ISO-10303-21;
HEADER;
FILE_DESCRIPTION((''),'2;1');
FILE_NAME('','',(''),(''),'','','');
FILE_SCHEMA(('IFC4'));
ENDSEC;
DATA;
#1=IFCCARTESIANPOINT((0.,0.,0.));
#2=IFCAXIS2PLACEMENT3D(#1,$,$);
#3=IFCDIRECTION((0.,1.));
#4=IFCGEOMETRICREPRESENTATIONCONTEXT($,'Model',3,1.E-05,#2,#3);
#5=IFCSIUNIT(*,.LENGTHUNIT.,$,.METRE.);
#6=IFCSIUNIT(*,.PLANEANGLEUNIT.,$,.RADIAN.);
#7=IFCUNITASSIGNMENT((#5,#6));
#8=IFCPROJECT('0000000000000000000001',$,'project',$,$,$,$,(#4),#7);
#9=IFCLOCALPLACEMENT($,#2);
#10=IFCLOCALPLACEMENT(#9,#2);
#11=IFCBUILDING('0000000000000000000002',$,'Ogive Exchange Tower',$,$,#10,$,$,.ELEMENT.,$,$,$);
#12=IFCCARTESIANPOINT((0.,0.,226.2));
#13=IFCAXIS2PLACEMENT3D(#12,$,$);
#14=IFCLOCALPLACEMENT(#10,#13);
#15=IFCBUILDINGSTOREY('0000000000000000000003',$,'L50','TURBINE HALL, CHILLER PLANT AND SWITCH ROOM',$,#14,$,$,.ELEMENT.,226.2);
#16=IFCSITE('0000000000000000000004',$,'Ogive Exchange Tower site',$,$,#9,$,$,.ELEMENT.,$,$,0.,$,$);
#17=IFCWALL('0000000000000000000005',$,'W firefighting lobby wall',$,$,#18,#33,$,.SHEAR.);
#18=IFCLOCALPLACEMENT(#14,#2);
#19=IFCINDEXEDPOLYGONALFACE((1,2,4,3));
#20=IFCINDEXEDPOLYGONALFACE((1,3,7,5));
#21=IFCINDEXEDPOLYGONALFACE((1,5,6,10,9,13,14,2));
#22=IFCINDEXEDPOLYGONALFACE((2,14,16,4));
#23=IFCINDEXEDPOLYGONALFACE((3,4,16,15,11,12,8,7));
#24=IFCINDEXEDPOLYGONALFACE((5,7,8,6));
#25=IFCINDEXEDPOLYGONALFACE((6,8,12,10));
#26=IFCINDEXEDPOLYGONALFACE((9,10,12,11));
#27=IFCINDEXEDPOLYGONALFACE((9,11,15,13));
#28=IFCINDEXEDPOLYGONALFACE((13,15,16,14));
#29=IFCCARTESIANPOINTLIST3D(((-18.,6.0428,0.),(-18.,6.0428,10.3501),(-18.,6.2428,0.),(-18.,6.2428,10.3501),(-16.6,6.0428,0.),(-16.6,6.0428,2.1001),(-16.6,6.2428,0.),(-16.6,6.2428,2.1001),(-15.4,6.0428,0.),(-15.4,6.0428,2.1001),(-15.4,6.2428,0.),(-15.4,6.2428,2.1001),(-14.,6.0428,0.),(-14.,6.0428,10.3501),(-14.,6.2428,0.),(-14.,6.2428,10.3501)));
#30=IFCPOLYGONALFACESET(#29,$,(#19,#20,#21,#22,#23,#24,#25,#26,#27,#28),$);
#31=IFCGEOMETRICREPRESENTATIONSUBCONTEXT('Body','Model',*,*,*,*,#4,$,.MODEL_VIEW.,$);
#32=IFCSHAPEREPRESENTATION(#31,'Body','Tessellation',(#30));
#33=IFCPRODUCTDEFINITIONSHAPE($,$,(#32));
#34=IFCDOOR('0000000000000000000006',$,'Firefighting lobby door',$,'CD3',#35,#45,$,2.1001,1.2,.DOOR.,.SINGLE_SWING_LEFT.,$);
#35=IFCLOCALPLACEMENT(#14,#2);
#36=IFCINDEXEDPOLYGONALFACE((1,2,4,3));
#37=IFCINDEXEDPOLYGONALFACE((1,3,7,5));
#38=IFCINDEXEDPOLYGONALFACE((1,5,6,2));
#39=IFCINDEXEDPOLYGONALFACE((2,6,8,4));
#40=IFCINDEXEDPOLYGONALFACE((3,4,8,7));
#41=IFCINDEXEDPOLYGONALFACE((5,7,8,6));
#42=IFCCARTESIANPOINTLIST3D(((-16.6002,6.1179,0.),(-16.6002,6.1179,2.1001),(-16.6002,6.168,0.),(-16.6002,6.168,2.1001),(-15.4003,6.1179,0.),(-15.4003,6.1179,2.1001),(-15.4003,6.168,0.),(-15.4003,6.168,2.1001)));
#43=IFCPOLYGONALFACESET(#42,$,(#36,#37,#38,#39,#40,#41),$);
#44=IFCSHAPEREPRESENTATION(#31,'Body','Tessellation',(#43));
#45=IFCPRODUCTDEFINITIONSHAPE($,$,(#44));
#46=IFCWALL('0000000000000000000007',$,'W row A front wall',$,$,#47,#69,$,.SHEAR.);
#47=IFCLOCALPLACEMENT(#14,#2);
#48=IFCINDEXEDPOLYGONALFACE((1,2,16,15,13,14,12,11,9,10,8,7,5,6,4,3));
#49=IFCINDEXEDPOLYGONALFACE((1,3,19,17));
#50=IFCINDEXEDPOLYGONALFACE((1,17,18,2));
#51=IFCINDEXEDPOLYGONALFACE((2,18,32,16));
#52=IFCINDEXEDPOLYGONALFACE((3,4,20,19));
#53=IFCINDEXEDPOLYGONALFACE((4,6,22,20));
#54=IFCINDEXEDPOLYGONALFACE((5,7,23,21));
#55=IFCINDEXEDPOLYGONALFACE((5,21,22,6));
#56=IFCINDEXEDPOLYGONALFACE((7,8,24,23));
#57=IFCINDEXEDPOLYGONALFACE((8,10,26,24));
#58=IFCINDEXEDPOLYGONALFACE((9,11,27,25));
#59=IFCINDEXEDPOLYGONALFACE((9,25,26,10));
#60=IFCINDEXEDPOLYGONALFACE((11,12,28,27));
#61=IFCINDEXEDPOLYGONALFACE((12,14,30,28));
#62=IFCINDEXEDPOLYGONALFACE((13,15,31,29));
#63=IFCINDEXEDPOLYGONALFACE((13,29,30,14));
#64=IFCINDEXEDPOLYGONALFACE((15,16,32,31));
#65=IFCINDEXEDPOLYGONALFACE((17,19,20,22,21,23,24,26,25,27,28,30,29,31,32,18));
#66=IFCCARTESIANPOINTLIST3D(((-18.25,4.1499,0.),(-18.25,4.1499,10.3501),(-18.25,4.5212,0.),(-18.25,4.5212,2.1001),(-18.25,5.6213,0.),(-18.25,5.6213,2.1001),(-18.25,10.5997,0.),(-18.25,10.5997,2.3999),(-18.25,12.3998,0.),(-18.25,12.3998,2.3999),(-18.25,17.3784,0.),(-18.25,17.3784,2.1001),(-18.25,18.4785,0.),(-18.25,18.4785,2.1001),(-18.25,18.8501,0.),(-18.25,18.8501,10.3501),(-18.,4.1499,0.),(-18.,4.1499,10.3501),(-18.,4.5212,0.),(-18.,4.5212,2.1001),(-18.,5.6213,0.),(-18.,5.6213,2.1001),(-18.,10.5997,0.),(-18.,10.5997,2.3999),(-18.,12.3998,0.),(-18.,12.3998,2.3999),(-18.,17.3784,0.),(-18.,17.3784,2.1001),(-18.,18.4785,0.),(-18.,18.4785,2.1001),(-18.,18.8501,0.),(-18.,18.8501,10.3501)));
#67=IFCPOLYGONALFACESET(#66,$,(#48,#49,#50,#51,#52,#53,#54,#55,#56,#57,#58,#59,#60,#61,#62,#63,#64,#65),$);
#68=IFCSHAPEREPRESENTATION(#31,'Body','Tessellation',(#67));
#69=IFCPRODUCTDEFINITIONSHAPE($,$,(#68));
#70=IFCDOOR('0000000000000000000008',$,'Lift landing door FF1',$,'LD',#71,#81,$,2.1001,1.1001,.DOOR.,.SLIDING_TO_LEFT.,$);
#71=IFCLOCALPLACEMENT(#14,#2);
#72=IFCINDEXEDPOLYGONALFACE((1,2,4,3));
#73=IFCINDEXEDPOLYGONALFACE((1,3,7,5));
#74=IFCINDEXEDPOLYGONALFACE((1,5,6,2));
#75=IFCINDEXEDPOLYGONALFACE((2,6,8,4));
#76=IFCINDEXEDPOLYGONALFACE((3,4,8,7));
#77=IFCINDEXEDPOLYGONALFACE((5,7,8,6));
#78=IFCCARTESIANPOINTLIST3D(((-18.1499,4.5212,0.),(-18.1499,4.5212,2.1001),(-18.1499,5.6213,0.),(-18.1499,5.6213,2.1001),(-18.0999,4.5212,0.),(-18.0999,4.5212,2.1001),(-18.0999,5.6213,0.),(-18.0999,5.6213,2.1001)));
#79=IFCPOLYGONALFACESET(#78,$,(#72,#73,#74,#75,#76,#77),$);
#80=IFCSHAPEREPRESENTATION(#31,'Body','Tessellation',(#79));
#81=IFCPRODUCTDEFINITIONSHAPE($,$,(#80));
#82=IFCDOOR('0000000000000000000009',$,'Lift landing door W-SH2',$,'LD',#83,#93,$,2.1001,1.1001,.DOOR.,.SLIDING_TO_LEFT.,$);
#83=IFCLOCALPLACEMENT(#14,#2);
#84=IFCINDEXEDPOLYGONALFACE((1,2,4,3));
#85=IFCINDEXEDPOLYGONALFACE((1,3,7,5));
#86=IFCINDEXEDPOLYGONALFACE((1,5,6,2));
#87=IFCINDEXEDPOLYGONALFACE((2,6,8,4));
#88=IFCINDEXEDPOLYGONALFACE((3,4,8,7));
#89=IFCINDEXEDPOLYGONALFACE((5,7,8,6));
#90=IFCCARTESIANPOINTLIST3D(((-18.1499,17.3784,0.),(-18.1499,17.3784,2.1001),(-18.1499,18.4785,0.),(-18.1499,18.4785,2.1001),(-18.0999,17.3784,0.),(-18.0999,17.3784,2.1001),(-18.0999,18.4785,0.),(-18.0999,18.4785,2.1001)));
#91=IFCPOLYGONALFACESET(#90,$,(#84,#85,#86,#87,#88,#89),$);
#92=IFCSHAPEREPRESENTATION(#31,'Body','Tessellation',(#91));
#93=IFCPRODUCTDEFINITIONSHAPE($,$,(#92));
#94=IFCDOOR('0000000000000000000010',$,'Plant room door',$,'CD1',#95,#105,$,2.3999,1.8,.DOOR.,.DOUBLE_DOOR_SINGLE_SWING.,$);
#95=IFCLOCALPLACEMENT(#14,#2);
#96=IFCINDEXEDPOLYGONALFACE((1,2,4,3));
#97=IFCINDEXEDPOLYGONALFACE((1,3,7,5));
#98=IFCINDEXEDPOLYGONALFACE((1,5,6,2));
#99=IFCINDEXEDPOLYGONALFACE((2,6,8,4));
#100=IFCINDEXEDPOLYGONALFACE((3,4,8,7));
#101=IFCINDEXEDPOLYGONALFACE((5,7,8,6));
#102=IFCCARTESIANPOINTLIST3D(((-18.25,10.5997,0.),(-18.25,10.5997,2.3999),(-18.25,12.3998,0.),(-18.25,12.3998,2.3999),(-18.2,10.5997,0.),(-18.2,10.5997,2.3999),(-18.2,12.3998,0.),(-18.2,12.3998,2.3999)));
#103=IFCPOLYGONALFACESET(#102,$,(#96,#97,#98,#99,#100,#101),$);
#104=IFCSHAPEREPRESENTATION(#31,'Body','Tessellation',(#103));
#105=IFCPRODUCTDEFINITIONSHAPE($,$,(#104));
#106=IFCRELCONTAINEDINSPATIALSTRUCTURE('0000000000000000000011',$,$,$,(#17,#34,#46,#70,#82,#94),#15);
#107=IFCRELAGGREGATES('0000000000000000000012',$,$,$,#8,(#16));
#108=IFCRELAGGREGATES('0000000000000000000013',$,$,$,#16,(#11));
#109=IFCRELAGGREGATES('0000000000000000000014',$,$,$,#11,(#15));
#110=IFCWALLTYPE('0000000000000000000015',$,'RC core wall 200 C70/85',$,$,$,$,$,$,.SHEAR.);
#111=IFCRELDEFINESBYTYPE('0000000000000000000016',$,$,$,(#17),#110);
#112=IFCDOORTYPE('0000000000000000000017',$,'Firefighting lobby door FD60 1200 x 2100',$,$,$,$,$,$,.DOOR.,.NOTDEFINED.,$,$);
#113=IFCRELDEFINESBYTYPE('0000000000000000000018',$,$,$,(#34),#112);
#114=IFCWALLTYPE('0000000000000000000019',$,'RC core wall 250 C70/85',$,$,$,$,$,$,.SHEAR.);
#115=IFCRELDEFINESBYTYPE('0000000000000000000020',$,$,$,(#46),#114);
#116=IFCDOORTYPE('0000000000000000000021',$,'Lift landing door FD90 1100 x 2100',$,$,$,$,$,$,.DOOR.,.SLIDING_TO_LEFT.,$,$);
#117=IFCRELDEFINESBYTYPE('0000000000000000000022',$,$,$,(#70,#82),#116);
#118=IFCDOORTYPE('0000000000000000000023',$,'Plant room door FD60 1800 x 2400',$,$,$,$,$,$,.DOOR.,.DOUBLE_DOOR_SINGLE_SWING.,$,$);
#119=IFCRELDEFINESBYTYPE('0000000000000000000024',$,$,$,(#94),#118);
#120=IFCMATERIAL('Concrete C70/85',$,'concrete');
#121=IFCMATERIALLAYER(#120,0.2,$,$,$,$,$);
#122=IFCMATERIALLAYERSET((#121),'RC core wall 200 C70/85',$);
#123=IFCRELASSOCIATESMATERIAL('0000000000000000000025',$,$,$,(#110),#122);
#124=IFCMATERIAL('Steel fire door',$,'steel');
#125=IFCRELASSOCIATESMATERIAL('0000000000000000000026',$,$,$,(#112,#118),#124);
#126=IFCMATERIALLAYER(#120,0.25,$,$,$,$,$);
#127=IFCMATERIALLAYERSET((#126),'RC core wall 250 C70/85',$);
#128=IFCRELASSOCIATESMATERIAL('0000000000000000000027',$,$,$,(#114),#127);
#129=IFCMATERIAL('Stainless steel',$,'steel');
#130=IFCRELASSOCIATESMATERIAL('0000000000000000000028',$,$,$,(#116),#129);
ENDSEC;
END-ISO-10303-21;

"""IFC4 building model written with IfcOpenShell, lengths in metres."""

from ifc_helpers import new_model, si_unit, direction, frame, frame_2d, origin, place, context, subcontext, project, spatial, rectangle, extrude, material, layer, layer_set, type_object, element, fill, save


model = new_model("IFC4")

# Units and contexts
model_context = context("Model", 3, precision=1e-05, world=origin(), true_north=direction((0.0, 1.0)))
body_context = subcontext(model_context, "Body", "Model", "MODEL_VIEW")
ifc_project = project(units=[si_unit("LENGTHUNIT", "METRE"), si_unit("PLANEANGLEUNIT", "RADIAN")], contexts=[model_context])

# Site, building, storey
site_placement = place(None, origin())
site = spatial("IfcSite", under=ifc_project, at=site_placement, Name="Ogive Exchange Tower site", CompositionType="ELEMENT", RefElevation=0.0)
building_placement = place(site_placement, origin())
building = spatial("IfcBuilding", under=site, at=building_placement, Name="Ogive Exchange Tower", CompositionType="ELEMENT")
storey_placement = place(building_placement, frame((0.0, 0.0, 226.2)))
storey = spatial("IfcBuildingStorey", under=building, at=storey_placement, Name="L50", Description="TURBINE HALL, CHILLER PLANT AND SWITCH ROOM", CompositionType="ELEMENT", Elevation=226.2)

# Wall, opening, door
ifc_material_1 = material(Name="Concrete C70/85", Category="concrete")
ifc_layer_1 = layer(ifc_material_1, 0.2)
ifc_layer_set_1 = layer_set([ifc_layer_1], Name="RC core wall 200 C70/85")
wall_type_1 = type_object("IfcWallType", Name="RC core wall 200 C70/85", PredefinedType="SHEAR", material=ifc_layer_set_1)
wall_1_placement = place(storey_placement, frame((-18.0, 6.1428, 0.0), z_axis=(0.0, 0.0, 1.0), x_axis=(1.0, 0.0, 0.0)))
wall_1 = element("IfcWall", 1, at=wall_1_placement, inside=storey, type_object=wall_type_1, Name="W firefighting lobby wall", PredefinedType="SHEAR", context=body_context, shape_type="SweptSolid", body=[
    extrude(rectangle(XDim=4.0, YDim=0.2, at=frame_2d((2.0, 0.0))), origin(), (0.0, 0.0, 1.0), 10.3501),
])
opening_1_placement = place(wall_1_placement, frame((1.3999, 0.0, 0.0)))
opening_1 = element("IfcOpeningElement", 2, at=opening_1_placement, cuts=wall_1, PredefinedType="OPENING", context=body_context, shape_type="SweptSolid", body=[
    extrude(rectangle(XDim=1.2, YDim=2.1001, at=frame_2d((0.6001, 1.05))), frame((0.0, 0.1099, 0.0), z_axis=(0.0, -1.0, 0.0), x_axis=(1.0, 0.0, 0.0)), (0.0, 0.0, 1.0), 0.22),
])
ifc_material_2 = material(Name="Steel fire door", Category="steel")
door_type_1 = type_object("IfcDoorType", Name="Firefighting lobby door FD60 1200 x 2100", OperationType="NOTDEFINED", PredefinedType="DOOR", material=ifc_material_2)
door_1_placement = place(opening_1_placement, frame((1.2, 0.0, 0.0), z_axis=(0.0, 0.0, 1.0), x_axis=(-1.0, 0.0, 0.0)))
door_1 = element("IfcDoor", 3, at=door_1_placement, inside=storey, type_object=door_type_1, Name="Firefighting lobby door", ObjectType="CD3", OperationType="SINGLE_SWING_LEFT", OverallHeight=2.1001, OverallWidth=1.2, PredefinedType="DOOR", context=body_context, shape_type="SweptSolid", body=[
    extrude(rectangle(XDim=1.2, YDim=2.1001, at=frame_2d((0.6001, 1.05))), frame((0.0, 0.0249, 0.0), z_axis=(0.0, -1.0, 0.0), x_axis=(1.0, 0.0, 0.0)), (0.0, 0.0, 1.0), 0.05),
])
fill(opening_1, door_1)

# Wall, openings, doors
ifc_layer_2 = layer(ifc_material_1, 0.25)
ifc_layer_set_2 = layer_set([ifc_layer_2], Name="RC core wall 250 C70/85")
wall_type_2 = type_object("IfcWallType", Name="RC core wall 250 C70/85", PredefinedType="SHEAR", material=ifc_layer_set_2)
wall_2_placement = place(storey_placement, frame((-18.125, 4.1499, 0.0), z_axis=(0.0, 0.0, 1.0), x_axis=(0.0, 1.0, 0.0)))
wall_2 = element("IfcWall", 4, at=wall_2_placement, inside=storey, type_object=wall_type_2, Name="W row A front wall", PredefinedType="SHEAR", context=body_context, shape_type="SweptSolid", body=[
    extrude(rectangle(XDim=14.7002, YDim=0.25, at=frame_2d((7.3501, 0.0))), origin(), (0.0, 0.0, 1.0), 10.3501),
])
opening_2_placement = place(wall_2_placement, frame((6.45, 0.0, 0.0)))
opening_2 = element("IfcOpeningElement", 5, at=opening_2_placement, cuts=wall_2, PredefinedType="OPENING", context=body_context, shape_type="SweptSolid", body=[
    extrude(rectangle(XDim=1.8, YDim=2.3999, at=frame_2d((0.8999, 1.2))), frame((0.0, 0.135, 0.0), z_axis=(0.0, -1.0, 0.0), x_axis=(1.0, 0.0, 0.0)), (0.0, 0.0, 1.0), 0.27),
])
opening_3_placement = place(wall_2_placement, frame((0.3713, 0.0, 0.0)))
opening_3 = element("IfcOpeningElement", 6, at=opening_3_placement, cuts=wall_2, PredefinedType="OPENING", context=body_context, shape_type="SweptSolid", body=[
    extrude(rectangle(XDim=1.1001, YDim=2.1001, at=frame_2d((0.55, 1.05))), frame((0.0, 0.135, 0.0), z_axis=(0.0, -1.0, 0.0), x_axis=(1.0, 0.0, 0.0)), (0.0, 0.0, 1.0), 0.27),
])
opening_4_placement = place(wall_2_placement, frame((13.2285, 0.0, 0.0)))
opening_4 = element("IfcOpeningElement", 7, at=opening_4_placement, cuts=wall_2, PredefinedType="OPENING", context=body_context, shape_type="SweptSolid", body=[
    extrude(rectangle(XDim=1.1001, YDim=2.1001, at=frame_2d((0.55, 1.05))), frame((0.0, 0.135, 0.0), z_axis=(0.0, -1.0, 0.0), x_axis=(1.0, 0.0, 0.0)), (0.0, 0.0, 1.0), 0.27),
])
ifc_material_3 = material(Name="Stainless steel", Category="steel")
door_type_2 = type_object("IfcDoorType", Name="Lift landing door FD90 1100 x 2100", OperationType="SLIDING_TO_LEFT", PredefinedType="DOOR", material=ifc_material_3)
door_2_placement = place(opening_3_placement, origin())
door_2 = element("IfcDoor", 8, at=door_2_placement, inside=storey, type_object=door_type_2, Name="Lift landing door FF1", ObjectType="LD", OperationType="SLIDING_TO_LEFT", OverallHeight=2.1001, OverallWidth=1.1001, PredefinedType="DOOR", context=body_context, shape_type="SweptSolid", body=[
    extrude(rectangle(XDim=1.1001, YDim=2.1001, at=frame_2d((0.55, 1.05))), frame((0.0, 0.0249, 0.0), z_axis=(0.0, -1.0, 0.0), x_axis=(1.0, 0.0, 0.0)), (0.0, 0.0, 1.0), 0.05),
])
fill(opening_3, door_2)
door_3_placement = place(opening_4_placement, origin())
door_3 = element("IfcDoor", 9, at=door_3_placement, inside=storey, type_object=door_type_2, Name="Lift landing door W-SH2", ObjectType="LD", OperationType="SLIDING_TO_LEFT", OverallHeight=2.1001, OverallWidth=1.1001, PredefinedType="DOOR", context=body_context, shape_type="SweptSolid", body=[
    extrude(rectangle(XDim=1.1001, YDim=2.1001, at=frame_2d((0.55, 1.05))), frame((0.0, 0.0249, 0.0), z_axis=(0.0, -1.0, 0.0), x_axis=(1.0, 0.0, 0.0)), (0.0, 0.0, 1.0), 0.05),
])
fill(opening_4, door_3)
door_type_3 = type_object("IfcDoorType", Name="Plant room door FD60 1800 x 2400", OperationType="DOUBLE_DOOR_SINGLE_SWING", PredefinedType="DOOR", material=ifc_material_2)
door_4_placement = place(opening_2_placement, origin())
door_4 = element("IfcDoor", 10, at=door_4_placement, inside=storey, type_object=door_type_3, Name="Plant room door", ObjectType="CD1", OperationType="DOUBLE_DOOR_SINGLE_SWING", OverallHeight=2.3999, OverallWidth=1.8, PredefinedType="DOOR", context=body_context, shape_type="SweptSolid", body=[
    extrude(rectangle(XDim=1.8, YDim=2.3999, at=frame_2d((0.8999, 1.2))), frame((0.0, 0.125, 0.0), z_axis=(0.0, -1.0, 0.0), x_axis=(1.0, 0.0, 0.0)), (0.0, 0.0, 1.0), 0.05),
])
fill(opening_2, door_4)

save(model, "model.ifc")
